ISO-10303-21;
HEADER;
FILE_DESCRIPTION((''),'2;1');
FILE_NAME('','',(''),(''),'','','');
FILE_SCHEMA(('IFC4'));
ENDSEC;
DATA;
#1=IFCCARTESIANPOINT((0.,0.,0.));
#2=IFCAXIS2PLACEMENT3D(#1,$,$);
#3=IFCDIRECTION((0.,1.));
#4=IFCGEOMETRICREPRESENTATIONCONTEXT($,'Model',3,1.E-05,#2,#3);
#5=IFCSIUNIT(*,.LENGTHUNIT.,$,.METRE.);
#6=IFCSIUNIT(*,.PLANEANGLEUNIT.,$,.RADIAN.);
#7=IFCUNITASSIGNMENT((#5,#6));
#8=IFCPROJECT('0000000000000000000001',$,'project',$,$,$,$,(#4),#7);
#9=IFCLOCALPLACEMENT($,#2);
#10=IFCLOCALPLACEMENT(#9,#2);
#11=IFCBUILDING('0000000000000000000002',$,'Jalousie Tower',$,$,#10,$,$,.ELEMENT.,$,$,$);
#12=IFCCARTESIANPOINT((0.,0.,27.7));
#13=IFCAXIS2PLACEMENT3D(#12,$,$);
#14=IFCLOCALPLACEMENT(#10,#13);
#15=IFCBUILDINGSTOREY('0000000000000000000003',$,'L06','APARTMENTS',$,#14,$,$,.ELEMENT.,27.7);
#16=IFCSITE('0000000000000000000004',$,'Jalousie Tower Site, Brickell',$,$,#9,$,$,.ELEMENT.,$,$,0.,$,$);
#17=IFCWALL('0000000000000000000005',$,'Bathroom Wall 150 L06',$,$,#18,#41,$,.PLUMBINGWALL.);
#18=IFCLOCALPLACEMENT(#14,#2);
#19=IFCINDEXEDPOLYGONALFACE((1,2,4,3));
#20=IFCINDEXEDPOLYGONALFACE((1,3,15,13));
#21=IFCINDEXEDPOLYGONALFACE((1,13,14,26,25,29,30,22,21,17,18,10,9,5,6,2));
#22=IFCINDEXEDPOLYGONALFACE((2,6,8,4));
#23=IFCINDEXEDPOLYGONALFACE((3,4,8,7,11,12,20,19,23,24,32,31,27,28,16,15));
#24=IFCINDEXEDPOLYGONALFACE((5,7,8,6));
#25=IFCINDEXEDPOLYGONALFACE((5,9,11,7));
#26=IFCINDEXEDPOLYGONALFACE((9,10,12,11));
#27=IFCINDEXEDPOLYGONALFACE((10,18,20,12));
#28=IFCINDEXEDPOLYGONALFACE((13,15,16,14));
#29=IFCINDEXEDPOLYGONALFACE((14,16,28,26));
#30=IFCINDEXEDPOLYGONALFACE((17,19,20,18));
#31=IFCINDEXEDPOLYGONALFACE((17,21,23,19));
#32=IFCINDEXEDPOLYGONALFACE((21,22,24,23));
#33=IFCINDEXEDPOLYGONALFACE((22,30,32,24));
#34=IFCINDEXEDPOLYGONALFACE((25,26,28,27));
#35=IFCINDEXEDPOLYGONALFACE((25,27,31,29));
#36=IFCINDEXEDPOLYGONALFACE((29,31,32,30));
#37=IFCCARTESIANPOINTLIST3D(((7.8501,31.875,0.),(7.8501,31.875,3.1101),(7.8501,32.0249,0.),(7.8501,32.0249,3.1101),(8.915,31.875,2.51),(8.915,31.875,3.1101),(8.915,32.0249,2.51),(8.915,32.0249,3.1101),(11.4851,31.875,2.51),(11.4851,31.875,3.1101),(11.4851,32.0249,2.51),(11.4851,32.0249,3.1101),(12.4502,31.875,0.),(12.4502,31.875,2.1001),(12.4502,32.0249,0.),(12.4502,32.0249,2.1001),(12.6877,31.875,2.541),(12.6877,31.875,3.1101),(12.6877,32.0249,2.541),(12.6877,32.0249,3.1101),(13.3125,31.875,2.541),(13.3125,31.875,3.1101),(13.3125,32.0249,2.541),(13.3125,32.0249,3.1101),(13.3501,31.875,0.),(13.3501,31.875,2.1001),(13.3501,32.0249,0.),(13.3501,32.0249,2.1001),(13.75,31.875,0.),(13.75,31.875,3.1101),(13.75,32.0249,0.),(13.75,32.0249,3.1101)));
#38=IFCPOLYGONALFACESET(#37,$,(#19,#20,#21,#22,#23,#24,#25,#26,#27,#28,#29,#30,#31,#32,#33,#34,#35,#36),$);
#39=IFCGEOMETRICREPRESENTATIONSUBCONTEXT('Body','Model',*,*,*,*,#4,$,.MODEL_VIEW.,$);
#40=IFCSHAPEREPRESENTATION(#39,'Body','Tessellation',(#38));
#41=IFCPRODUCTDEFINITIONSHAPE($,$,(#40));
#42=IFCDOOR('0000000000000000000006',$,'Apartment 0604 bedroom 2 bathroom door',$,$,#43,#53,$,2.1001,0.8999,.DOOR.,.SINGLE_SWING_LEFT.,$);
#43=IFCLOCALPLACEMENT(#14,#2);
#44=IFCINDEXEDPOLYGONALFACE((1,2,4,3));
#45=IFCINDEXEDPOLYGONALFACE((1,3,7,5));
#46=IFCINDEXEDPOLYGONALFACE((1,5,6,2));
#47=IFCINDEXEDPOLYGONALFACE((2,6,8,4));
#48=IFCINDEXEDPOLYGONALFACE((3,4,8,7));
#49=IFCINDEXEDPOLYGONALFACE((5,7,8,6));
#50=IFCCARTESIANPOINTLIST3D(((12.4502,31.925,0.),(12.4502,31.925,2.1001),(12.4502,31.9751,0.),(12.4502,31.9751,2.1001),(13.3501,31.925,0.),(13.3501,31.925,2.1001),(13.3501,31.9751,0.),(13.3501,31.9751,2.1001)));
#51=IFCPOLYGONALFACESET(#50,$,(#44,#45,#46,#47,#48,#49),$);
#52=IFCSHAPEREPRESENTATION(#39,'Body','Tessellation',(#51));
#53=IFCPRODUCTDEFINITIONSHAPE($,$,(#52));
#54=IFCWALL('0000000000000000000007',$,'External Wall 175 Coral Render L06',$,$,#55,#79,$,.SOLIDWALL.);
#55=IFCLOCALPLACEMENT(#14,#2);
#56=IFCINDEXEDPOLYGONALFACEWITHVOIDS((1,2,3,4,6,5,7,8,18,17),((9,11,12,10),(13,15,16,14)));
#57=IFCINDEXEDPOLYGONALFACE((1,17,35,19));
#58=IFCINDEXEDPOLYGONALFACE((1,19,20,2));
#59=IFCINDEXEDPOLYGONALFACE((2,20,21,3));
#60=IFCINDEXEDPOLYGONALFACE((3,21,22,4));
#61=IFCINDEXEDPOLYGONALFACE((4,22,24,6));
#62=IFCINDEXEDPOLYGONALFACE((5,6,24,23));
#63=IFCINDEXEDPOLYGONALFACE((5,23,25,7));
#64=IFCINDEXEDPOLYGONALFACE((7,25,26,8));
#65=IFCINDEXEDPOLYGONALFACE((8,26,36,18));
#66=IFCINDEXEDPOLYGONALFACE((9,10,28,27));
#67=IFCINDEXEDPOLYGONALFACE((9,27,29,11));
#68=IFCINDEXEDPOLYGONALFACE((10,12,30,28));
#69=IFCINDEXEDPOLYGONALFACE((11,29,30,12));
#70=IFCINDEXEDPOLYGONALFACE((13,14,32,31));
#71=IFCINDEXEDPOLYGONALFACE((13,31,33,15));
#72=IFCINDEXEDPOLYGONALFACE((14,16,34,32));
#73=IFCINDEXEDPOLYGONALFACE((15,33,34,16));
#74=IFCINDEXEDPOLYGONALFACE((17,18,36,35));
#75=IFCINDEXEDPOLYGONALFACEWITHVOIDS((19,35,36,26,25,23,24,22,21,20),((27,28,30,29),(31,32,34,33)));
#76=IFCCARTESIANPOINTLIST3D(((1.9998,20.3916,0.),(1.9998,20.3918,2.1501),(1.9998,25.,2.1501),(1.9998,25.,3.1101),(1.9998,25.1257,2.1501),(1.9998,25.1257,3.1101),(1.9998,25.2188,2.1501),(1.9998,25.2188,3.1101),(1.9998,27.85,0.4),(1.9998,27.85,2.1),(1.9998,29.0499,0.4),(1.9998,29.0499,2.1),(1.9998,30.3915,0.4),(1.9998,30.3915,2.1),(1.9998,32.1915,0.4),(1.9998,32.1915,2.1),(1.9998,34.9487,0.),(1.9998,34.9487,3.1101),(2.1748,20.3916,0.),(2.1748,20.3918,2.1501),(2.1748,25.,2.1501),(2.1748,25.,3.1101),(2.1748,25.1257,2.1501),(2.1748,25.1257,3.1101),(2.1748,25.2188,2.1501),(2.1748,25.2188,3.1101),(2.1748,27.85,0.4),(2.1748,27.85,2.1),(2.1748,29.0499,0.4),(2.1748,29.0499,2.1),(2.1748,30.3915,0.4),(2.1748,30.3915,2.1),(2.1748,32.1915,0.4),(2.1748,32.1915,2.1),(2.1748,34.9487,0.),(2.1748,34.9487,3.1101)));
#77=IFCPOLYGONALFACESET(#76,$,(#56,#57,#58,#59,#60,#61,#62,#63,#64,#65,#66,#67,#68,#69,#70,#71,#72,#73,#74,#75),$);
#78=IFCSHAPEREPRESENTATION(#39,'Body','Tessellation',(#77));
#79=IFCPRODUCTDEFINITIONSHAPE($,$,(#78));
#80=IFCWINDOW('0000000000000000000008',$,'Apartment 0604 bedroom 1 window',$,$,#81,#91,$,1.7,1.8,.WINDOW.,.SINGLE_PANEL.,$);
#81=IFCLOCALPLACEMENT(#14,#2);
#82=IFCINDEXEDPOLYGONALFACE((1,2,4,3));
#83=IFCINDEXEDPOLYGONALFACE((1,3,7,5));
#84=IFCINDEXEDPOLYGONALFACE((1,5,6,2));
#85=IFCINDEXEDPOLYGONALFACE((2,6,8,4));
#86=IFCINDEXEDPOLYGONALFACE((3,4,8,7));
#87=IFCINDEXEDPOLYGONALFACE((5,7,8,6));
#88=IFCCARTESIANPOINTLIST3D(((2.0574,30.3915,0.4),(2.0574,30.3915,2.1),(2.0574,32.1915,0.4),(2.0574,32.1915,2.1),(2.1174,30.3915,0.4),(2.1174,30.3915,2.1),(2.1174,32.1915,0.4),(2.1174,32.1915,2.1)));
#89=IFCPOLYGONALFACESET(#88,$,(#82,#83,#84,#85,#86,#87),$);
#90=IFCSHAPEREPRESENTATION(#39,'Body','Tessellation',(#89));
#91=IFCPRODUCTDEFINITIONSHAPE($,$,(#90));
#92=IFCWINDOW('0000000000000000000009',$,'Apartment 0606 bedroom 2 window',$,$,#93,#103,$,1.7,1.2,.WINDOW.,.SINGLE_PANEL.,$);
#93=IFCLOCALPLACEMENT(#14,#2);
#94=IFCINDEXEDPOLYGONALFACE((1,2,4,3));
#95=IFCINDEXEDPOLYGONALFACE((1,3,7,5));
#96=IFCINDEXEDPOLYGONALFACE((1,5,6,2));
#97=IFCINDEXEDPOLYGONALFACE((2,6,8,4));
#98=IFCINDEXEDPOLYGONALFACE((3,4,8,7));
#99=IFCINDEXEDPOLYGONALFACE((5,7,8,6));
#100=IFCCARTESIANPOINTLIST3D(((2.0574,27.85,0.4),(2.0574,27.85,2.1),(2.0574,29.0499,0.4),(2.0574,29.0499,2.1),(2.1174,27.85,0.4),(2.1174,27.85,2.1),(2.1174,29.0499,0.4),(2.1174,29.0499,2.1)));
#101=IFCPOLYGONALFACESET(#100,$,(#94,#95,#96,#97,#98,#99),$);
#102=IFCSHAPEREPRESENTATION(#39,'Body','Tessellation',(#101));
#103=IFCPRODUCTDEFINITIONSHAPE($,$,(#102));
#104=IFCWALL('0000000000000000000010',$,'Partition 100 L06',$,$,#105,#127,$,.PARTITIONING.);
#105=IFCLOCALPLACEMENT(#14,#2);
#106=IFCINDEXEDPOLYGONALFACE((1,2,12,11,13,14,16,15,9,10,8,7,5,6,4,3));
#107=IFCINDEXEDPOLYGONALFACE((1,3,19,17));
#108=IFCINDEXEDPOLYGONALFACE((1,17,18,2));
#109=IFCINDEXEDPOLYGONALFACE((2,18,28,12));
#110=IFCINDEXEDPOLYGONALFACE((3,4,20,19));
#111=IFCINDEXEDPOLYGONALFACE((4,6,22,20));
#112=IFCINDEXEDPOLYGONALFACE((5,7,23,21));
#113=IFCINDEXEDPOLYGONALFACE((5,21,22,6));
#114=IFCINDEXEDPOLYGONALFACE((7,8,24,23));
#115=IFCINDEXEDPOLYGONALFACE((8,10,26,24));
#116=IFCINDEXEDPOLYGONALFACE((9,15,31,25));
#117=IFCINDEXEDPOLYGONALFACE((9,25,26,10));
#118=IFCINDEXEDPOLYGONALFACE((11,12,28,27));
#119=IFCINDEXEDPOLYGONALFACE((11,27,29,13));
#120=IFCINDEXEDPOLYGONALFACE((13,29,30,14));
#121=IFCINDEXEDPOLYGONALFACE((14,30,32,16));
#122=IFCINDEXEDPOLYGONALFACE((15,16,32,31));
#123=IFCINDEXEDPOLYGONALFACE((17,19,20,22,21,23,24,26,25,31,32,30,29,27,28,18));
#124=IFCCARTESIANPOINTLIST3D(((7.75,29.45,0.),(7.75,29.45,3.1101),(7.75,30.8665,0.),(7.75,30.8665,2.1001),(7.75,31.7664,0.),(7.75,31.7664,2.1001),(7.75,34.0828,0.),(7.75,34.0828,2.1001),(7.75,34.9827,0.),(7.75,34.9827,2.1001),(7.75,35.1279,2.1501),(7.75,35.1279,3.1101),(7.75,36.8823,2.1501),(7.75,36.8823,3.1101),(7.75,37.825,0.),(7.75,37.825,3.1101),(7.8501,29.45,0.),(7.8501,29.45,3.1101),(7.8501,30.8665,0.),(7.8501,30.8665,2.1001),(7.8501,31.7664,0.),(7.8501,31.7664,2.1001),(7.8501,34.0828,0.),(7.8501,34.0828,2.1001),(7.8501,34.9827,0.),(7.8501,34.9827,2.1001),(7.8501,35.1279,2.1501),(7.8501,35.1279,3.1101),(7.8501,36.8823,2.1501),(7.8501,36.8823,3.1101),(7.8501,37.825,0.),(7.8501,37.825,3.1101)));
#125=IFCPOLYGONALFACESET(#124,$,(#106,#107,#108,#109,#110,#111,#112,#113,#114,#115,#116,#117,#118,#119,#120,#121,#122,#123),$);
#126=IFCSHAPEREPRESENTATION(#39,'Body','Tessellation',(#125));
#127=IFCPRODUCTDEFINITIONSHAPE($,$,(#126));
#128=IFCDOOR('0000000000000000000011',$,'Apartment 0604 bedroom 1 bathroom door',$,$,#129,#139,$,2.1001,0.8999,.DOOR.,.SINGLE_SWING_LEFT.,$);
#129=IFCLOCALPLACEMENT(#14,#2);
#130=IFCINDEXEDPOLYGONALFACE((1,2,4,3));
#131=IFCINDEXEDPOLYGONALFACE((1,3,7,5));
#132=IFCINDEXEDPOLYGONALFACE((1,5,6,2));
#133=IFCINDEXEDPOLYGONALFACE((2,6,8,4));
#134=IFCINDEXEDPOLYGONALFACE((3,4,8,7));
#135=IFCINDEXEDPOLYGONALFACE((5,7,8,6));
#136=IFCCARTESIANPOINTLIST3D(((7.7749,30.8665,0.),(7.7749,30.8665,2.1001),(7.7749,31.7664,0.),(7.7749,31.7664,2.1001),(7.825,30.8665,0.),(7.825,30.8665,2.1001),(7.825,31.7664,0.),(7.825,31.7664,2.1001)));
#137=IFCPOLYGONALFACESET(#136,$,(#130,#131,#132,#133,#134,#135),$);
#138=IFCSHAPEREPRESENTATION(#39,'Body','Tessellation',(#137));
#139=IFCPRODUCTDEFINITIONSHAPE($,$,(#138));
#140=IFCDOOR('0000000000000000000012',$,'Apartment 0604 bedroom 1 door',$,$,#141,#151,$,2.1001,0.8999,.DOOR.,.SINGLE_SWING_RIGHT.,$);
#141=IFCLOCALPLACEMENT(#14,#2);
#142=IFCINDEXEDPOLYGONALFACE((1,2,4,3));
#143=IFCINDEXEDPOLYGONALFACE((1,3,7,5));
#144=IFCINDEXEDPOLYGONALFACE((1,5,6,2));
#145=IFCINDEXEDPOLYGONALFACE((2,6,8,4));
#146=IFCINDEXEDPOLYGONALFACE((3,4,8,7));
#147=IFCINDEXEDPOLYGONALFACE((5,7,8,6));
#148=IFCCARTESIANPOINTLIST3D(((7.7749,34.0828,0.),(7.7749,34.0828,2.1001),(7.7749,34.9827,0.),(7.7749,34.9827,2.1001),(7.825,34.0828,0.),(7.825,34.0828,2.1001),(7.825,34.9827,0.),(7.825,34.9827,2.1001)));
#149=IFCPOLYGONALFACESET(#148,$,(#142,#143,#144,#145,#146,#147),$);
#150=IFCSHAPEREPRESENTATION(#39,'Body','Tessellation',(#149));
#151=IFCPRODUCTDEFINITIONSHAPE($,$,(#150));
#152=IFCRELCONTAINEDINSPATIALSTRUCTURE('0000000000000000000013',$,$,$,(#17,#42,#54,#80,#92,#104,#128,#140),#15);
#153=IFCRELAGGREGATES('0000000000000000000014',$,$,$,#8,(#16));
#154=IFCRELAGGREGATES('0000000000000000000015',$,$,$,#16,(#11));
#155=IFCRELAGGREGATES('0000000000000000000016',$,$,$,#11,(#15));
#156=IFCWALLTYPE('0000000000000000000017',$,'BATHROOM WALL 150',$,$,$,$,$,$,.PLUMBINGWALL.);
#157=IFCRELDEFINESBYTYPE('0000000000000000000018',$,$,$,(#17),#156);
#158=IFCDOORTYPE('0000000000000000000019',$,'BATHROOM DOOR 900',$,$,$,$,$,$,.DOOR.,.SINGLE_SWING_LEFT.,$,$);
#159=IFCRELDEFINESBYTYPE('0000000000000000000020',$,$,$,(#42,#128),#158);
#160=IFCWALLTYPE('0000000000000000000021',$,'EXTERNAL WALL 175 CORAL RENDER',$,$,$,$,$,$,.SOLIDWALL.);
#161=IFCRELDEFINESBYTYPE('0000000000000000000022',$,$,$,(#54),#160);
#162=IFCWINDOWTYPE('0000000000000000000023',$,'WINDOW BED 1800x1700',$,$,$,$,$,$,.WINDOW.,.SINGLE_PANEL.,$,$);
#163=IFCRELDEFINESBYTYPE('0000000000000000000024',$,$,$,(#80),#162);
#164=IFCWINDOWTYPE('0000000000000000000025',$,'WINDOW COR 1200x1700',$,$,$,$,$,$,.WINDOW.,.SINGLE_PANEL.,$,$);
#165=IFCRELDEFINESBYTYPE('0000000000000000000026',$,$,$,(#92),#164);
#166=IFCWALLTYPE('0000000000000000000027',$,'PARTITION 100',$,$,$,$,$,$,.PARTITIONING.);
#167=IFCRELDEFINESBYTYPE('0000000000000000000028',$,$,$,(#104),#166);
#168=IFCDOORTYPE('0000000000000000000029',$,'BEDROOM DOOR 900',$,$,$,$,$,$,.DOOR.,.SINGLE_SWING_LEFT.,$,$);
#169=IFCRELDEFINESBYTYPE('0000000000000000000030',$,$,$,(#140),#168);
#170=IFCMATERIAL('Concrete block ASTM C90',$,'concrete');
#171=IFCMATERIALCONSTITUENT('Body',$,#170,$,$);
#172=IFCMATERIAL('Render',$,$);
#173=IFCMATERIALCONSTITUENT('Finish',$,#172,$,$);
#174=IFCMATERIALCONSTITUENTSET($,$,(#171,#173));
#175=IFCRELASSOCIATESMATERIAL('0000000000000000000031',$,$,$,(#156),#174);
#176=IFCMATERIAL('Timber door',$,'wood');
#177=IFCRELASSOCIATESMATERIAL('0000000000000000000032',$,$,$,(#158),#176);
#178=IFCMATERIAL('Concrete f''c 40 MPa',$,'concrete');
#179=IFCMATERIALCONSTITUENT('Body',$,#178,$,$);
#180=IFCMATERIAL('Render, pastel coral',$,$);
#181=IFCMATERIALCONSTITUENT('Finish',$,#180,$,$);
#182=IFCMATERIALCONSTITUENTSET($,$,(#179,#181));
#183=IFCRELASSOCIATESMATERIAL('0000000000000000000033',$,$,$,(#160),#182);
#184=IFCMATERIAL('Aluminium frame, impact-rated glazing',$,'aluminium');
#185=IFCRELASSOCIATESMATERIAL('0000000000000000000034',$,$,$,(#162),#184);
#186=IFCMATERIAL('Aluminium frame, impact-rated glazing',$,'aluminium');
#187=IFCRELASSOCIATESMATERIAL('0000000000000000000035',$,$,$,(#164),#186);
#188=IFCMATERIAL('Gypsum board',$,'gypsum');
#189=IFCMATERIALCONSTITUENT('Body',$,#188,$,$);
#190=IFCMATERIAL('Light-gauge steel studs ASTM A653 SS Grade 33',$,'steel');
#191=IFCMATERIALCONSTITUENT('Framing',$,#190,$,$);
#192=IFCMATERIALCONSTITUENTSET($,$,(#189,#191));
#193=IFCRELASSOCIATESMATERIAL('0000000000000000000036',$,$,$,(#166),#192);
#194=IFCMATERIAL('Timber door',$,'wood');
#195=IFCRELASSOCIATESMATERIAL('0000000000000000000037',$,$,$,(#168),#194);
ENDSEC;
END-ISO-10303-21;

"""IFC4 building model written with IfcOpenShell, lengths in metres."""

from ifc_helpers import new_model, si_unit, direction, frame, frame_2d, origin, place, context, subcontext, project, spatial, polyline, rectangle, outline, extrude, material, constituent, constituent_set, type_object, element, fill, save


model = new_model("IFC4")

# Units and contexts
model_context = context("Model", 3, precision=1e-05, world=origin(), true_north=direction((0.0, 1.0)))
body_context = subcontext(model_context, "Body", "Model", "MODEL_VIEW")
ifc_project = project(units=[si_unit("LENGTHUNIT", "METRE"), si_unit("PLANEANGLEUNIT", "RADIAN")], contexts=[model_context])

# Site, building, storey
site_placement = place(None, origin())
site = spatial("IfcSite", under=ifc_project, at=site_placement, Name="Jalousie Tower Site, Brickell", CompositionType="ELEMENT", RefElevation=0.0)
building_placement = place(site_placement, origin())
building = spatial("IfcBuilding", under=site, at=building_placement, Name="Jalousie Tower", CompositionType="ELEMENT")
storey_placement = place(building_placement, frame((0.0, 0.0, 27.7)))
storey = spatial("IfcBuildingStorey", under=building, at=storey_placement, Name="L06", Description="APARTMENTS", CompositionType="ELEMENT", Elevation=27.7)

# Wall, opening, door
ifc_material_1 = material(Name="Concrete block ASTM C90", Category="concrete")
ifc_constituent_1 = constituent(ifc_material_1, Name="Body")
ifc_material_2 = material(Name="Render")
ifc_constituent_2 = constituent(ifc_material_2, Name="Finish")
ifc_constituent_set_1 = constituent_set(constituents=[ifc_constituent_1, ifc_constituent_2])
wall_type_1 = type_object("IfcWallType", Name="BATHROOM WALL 150", PredefinedType="PLUMBINGWALL", material=ifc_constituent_set_1)
wall_1_placement = place(storey_placement, frame((7.8501, 31.95, 0.0), z_axis=(0.0, 0.0, 1.0), x_axis=(1.0, 0.0, 0.0)))
wall_1 = element("IfcWall", 1, at=wall_1_placement, inside=storey, type_object=wall_type_1, Name="Bathroom Wall 150 L06", PredefinedType="PLUMBINGWALL", context=body_context, shape_type="SweptSolid", body=[
    extrude(outline(polyline([(0.0, 0.0), (5.8999, 0.0), (5.8999, 3.1101), (5.4624, 3.1101), (5.4624, 2.541), (4.8376, 2.541), (4.8376, 3.1101), (3.635, 3.1101), (3.635, 2.51), (1.0649, 2.51), (1.0649, 3.1101), (0.0, 3.1101), (0.0, 0.0)])), frame((0.0, 0.075, 0.0), z_axis=(0.0, -1.0, 0.0), x_axis=(1.0, 0.0, 0.0)), (0.0, 0.0, 1.0), 0.1499),
])
opening_1_placement = place(wall_1_placement, frame((4.6001, 0.0, 0.0)))
opening_1 = element("IfcOpeningElement", 2, at=opening_1_placement, cuts=wall_1, PredefinedType="OPENING", context=body_context, shape_type="SweptSolid", body=[
    extrude(rectangle(XDim=0.8999, YDim=2.1001, at=frame_2d((0.45, 1.05))), frame((0.0, 0.085, 0.0), z_axis=(0.0, -1.0, 0.0), x_axis=(1.0, 0.0, 0.0)), (0.0, 0.0, 1.0), 0.1699),
])
ifc_material_3 = material(Name="Timber door", Category="wood")
door_type_1 = type_object("IfcDoorType", Name="BATHROOM DOOR 900", OperationType="SINGLE_SWING_LEFT", PredefinedType="DOOR", material=ifc_material_3)
door_1_placement = place(opening_1_placement, frame((0.8999, 0.0, 0.0), z_axis=(0.0, 0.0, 1.0), x_axis=(-1.0, 0.0, 0.0)))
door_1 = element("IfcDoor", 3, at=door_1_placement, inside=storey, type_object=door_type_1, Name="Apartment 0604 bedroom 2 bathroom door", OperationType="SINGLE_SWING_LEFT", OverallHeight=2.1001, OverallWidth=0.8999, PredefinedType="DOOR", context=body_context, shape_type="SweptSolid", body=[
    extrude(rectangle(XDim=0.8999, YDim=2.1001, at=frame_2d((0.45, 1.05))), frame((0.0, 0.0249, 0.0), z_axis=(0.0, -1.0, 0.0), x_axis=(1.0, 0.0, 0.0)), (0.0, 0.0, 1.0), 0.05),
])
fill(opening_1, door_1)

# Wall, openings, windows
ifc_material_4 = material(Name="Concrete f'c 40 MPa", Category="concrete")
ifc_constituent_3 = constituent(ifc_material_4, Name="Body")
ifc_material_5 = material(Name="Render, pastel coral")
ifc_constituent_4 = constituent(ifc_material_5, Name="Finish")
ifc_constituent_set_2 = constituent_set(constituents=[ifc_constituent_3, ifc_constituent_4])
wall_type_2 = type_object("IfcWallType", Name="EXTERNAL WALL 175 CORAL RENDER", PredefinedType="SOLIDWALL", material=ifc_constituent_set_2)
wall_2_placement = place(storey_placement, frame((2.0874, 34.9487, 0.0), z_axis=(0.0, 0.0, 1.0), x_axis=(0.0, -1.0, 0.0)))
wall_2 = element("IfcWall", 4, at=wall_2_placement, inside=storey, type_object=wall_type_2, Name="External Wall 175 Coral Render L06", PredefinedType="SOLIDWALL", context=body_context, shape_type="SweptSolid", body=[
    extrude(outline(polyline([(0.0, 0.0), (14.5571, 0.0), (14.5569, 2.1501), (9.9487, 2.1501), (9.9487, 3.1101), (9.823, 3.1101), (9.823, 2.1501), (9.73, 2.1501), (9.73, 3.1101), (0.0, 3.1101), (0.0, 0.0)])), frame((0.0, 0.0874, 0.0), z_axis=(0.0, -1.0, 0.0), x_axis=(1.0, 0.0, 0.0)), (0.0, 0.0, 1.0), 0.175),
])
opening_2_placement = place(wall_2_placement, frame((2.7573, 0.0, 0.3999)))
opening_2 = element("IfcOpeningElement", 5, at=opening_2_placement, cuts=wall_2, PredefinedType="OPENING", context=body_context, shape_type="SweptSolid", body=[
    extrude(rectangle(XDim=1.8, YDim=1.7, at=frame_2d((0.8999, 0.8501))), frame((0.0, 0.0974, 0.0), z_axis=(0.0, -1.0, 0.0), x_axis=(1.0, 0.0, 0.0)), (0.0, 0.0, 1.0), 0.1951),
])
opening_3_placement = place(wall_2_placement, frame((5.8987, 0.0, 0.3999)))
opening_3 = element("IfcOpeningElement", 6, at=opening_3_placement, cuts=wall_2, PredefinedType="OPENING", context=body_context, shape_type="SweptSolid", body=[
    extrude(rectangle(XDim=1.2, YDim=1.7, at=frame_2d((0.6001, 0.8501))), frame((0.0, 0.0974, 0.0), z_axis=(0.0, -1.0, 0.0), x_axis=(1.0, 0.0, 0.0)), (0.0, 0.0, 1.0), 0.1951),
])
ifc_material_6 = material(Name="Aluminium frame, impact-rated glazing", Category="aluminium")
window_type_1 = type_object("IfcWindowType", Name="WINDOW BED 1800x1700", PartitioningType="SINGLE_PANEL", PredefinedType="WINDOW", material=ifc_material_6)
window_1_placement = place(opening_2_placement, origin())
window_1 = element("IfcWindow", 7, at=window_1_placement, inside=storey, type_object=window_type_1, Name="Apartment 0604 bedroom 1 window", OverallHeight=1.7, OverallWidth=1.8, PartitioningType="SINGLE_PANEL", PredefinedType="WINDOW", context=body_context, shape_type="SweptSolid", body=[
    extrude(rectangle(XDim=1.8, YDim=1.7, at=frame_2d((0.8999, 0.8501))), frame((0.0, 0.03, 0.0), z_axis=(0.0, -1.0, 0.0), x_axis=(1.0, 0.0, 0.0)), (0.0, 0.0, 1.0), 0.0601),
])
fill(opening_2, window_1)
ifc_material_7 = material(Name="Aluminium frame, impact-rated glazing", Category="aluminium")
window_type_2 = type_object("IfcWindowType", Name="WINDOW COR 1200x1700", PartitioningType="SINGLE_PANEL", PredefinedType="WINDOW", material=ifc_material_7)
window_2_placement = place(opening_3_placement, origin())
window_2 = element("IfcWindow", 8, at=window_2_placement, inside=storey, type_object=window_type_2, Name="Apartment 0606 bedroom 2 window", OverallHeight=1.7, OverallWidth=1.2, PartitioningType="SINGLE_PANEL", PredefinedType="WINDOW", context=body_context, shape_type="SweptSolid", body=[
    extrude(rectangle(XDim=1.2, YDim=1.7, at=frame_2d((0.6001, 0.8501))), frame((0.0, 0.03, 0.0), z_axis=(0.0, -1.0, 0.0), x_axis=(1.0, 0.0, 0.0)), (0.0, 0.0, 1.0), 0.0601),
])
fill(opening_3, window_2)

# Wall, openings, doors
ifc_material_8 = material(Name="Gypsum board", Category="gypsum")
ifc_constituent_5 = constituent(ifc_material_8, Name="Body")
ifc_material_9 = material(Name="Light-gauge steel studs ASTM A653 SS Grade 33", Category="steel")
ifc_constituent_6 = constituent(ifc_material_9, Name="Framing")
ifc_constituent_set_3 = constituent_set(constituents=[ifc_constituent_5, ifc_constituent_6])
wall_type_3 = type_object("IfcWallType", Name="PARTITION 100", PredefinedType="PARTITIONING", material=ifc_constituent_set_3)
wall_3_placement = place(storey_placement, frame((7.8, 37.825, 0.0), z_axis=(0.0, 0.0, 1.0), x_axis=(0.0, -1.0, 0.0)))
wall_3 = element("IfcWall", 9, at=wall_3_placement, inside=storey, type_object=wall_type_3, Name="Partition 100 L06", PredefinedType="PARTITIONING", context=body_context, shape_type="SweptSolid", body=[
    extrude(outline(polyline([(0.0, 0.0), (8.375, 0.0), (8.375, 3.1101), (2.697, 3.1101), (2.697, 2.1501), (0.9426, 2.1501), (0.9426, 3.1101), (0.0, 3.1101), (0.0, 0.0)])), frame((0.0, 0.05, 0.0), z_axis=(0.0, -1.0, 0.0), x_axis=(1.0, 0.0, 0.0)), (0.0, 0.0, 1.0), 0.1001),
])
opening_4_placement = place(wall_3_placement, frame((2.8423, 0.0, 0.0)))
opening_4 = element("IfcOpeningElement", 10, at=opening_4_placement, cuts=wall_3, PredefinedType="OPENING", context=body_context, shape_type="SweptSolid", body=[
    extrude(rectangle(XDim=0.8999, YDim=2.1001, at=frame_2d((0.45, 1.05))), frame((0.0, 0.0601, 0.0), z_axis=(0.0, -1.0, 0.0), x_axis=(1.0, 0.0, 0.0)), (0.0, 0.0, 1.0), 0.1201),
])
opening_5_placement = place(wall_3_placement, frame((6.0586, 0.0, 0.0)))
opening_5 = element("IfcOpeningElement", 11, at=opening_5_placement, cuts=wall_3, PredefinedType="OPENING", context=body_context, shape_type="SweptSolid", body=[
    extrude(rectangle(XDim=0.8999, YDim=2.1001, at=frame_2d((0.45, 1.05))), frame((0.0, 0.0601, 0.0), z_axis=(0.0, -1.0, 0.0), x_axis=(1.0, 0.0, 0.0)), (0.0, 0.0, 1.0), 0.1201),
])
door_2_placement = place(opening_5_placement, origin())
door_2 = element("IfcDoor", 12, at=door_2_placement, inside=storey, type_object=door_type_1, Name="Apartment 0604 bedroom 1 bathroom door", OperationType="SINGLE_SWING_LEFT", OverallHeight=2.1001, OverallWidth=0.8999, PredefinedType="DOOR", context=body_context, shape_type="SweptSolid", body=[
    extrude(rectangle(XDim=0.8999, YDim=2.1001, at=frame_2d((0.45, 1.05))), frame((0.0, 0.0249, 0.0), z_axis=(0.0, -1.0, 0.0), x_axis=(1.0, 0.0, 0.0)), (0.0, 0.0, 1.0), 0.05),
])
fill(opening_5, door_2)
ifc_material_10 = material(Name="Timber door", Category="wood")
door_type_2 = type_object("IfcDoorType", Name="BEDROOM DOOR 900", OperationType="SINGLE_SWING_LEFT", PredefinedType="DOOR", material=ifc_material_10)
door_3_placement = place(opening_4_placement, origin())
door_3 = element("IfcDoor", 13, at=door_3_placement, inside=storey, type_object=door_type_2, Name="Apartment 0604 bedroom 1 door", OperationType="SINGLE_SWING_RIGHT", OverallHeight=2.1001, OverallWidth=0.8999, PredefinedType="DOOR", context=body_context, shape_type="SweptSolid", body=[
    extrude(rectangle(XDim=0.8999, YDim=2.1001, at=frame_2d((0.45, 1.05))), frame((0.0, 0.0249, 0.0), z_axis=(0.0, -1.0, 0.0), x_axis=(1.0, 0.0, 0.0)), (0.0, 0.0, 1.0), 0.05),
])
fill(opening_4, door_3)

save(model, "model.ifc")
